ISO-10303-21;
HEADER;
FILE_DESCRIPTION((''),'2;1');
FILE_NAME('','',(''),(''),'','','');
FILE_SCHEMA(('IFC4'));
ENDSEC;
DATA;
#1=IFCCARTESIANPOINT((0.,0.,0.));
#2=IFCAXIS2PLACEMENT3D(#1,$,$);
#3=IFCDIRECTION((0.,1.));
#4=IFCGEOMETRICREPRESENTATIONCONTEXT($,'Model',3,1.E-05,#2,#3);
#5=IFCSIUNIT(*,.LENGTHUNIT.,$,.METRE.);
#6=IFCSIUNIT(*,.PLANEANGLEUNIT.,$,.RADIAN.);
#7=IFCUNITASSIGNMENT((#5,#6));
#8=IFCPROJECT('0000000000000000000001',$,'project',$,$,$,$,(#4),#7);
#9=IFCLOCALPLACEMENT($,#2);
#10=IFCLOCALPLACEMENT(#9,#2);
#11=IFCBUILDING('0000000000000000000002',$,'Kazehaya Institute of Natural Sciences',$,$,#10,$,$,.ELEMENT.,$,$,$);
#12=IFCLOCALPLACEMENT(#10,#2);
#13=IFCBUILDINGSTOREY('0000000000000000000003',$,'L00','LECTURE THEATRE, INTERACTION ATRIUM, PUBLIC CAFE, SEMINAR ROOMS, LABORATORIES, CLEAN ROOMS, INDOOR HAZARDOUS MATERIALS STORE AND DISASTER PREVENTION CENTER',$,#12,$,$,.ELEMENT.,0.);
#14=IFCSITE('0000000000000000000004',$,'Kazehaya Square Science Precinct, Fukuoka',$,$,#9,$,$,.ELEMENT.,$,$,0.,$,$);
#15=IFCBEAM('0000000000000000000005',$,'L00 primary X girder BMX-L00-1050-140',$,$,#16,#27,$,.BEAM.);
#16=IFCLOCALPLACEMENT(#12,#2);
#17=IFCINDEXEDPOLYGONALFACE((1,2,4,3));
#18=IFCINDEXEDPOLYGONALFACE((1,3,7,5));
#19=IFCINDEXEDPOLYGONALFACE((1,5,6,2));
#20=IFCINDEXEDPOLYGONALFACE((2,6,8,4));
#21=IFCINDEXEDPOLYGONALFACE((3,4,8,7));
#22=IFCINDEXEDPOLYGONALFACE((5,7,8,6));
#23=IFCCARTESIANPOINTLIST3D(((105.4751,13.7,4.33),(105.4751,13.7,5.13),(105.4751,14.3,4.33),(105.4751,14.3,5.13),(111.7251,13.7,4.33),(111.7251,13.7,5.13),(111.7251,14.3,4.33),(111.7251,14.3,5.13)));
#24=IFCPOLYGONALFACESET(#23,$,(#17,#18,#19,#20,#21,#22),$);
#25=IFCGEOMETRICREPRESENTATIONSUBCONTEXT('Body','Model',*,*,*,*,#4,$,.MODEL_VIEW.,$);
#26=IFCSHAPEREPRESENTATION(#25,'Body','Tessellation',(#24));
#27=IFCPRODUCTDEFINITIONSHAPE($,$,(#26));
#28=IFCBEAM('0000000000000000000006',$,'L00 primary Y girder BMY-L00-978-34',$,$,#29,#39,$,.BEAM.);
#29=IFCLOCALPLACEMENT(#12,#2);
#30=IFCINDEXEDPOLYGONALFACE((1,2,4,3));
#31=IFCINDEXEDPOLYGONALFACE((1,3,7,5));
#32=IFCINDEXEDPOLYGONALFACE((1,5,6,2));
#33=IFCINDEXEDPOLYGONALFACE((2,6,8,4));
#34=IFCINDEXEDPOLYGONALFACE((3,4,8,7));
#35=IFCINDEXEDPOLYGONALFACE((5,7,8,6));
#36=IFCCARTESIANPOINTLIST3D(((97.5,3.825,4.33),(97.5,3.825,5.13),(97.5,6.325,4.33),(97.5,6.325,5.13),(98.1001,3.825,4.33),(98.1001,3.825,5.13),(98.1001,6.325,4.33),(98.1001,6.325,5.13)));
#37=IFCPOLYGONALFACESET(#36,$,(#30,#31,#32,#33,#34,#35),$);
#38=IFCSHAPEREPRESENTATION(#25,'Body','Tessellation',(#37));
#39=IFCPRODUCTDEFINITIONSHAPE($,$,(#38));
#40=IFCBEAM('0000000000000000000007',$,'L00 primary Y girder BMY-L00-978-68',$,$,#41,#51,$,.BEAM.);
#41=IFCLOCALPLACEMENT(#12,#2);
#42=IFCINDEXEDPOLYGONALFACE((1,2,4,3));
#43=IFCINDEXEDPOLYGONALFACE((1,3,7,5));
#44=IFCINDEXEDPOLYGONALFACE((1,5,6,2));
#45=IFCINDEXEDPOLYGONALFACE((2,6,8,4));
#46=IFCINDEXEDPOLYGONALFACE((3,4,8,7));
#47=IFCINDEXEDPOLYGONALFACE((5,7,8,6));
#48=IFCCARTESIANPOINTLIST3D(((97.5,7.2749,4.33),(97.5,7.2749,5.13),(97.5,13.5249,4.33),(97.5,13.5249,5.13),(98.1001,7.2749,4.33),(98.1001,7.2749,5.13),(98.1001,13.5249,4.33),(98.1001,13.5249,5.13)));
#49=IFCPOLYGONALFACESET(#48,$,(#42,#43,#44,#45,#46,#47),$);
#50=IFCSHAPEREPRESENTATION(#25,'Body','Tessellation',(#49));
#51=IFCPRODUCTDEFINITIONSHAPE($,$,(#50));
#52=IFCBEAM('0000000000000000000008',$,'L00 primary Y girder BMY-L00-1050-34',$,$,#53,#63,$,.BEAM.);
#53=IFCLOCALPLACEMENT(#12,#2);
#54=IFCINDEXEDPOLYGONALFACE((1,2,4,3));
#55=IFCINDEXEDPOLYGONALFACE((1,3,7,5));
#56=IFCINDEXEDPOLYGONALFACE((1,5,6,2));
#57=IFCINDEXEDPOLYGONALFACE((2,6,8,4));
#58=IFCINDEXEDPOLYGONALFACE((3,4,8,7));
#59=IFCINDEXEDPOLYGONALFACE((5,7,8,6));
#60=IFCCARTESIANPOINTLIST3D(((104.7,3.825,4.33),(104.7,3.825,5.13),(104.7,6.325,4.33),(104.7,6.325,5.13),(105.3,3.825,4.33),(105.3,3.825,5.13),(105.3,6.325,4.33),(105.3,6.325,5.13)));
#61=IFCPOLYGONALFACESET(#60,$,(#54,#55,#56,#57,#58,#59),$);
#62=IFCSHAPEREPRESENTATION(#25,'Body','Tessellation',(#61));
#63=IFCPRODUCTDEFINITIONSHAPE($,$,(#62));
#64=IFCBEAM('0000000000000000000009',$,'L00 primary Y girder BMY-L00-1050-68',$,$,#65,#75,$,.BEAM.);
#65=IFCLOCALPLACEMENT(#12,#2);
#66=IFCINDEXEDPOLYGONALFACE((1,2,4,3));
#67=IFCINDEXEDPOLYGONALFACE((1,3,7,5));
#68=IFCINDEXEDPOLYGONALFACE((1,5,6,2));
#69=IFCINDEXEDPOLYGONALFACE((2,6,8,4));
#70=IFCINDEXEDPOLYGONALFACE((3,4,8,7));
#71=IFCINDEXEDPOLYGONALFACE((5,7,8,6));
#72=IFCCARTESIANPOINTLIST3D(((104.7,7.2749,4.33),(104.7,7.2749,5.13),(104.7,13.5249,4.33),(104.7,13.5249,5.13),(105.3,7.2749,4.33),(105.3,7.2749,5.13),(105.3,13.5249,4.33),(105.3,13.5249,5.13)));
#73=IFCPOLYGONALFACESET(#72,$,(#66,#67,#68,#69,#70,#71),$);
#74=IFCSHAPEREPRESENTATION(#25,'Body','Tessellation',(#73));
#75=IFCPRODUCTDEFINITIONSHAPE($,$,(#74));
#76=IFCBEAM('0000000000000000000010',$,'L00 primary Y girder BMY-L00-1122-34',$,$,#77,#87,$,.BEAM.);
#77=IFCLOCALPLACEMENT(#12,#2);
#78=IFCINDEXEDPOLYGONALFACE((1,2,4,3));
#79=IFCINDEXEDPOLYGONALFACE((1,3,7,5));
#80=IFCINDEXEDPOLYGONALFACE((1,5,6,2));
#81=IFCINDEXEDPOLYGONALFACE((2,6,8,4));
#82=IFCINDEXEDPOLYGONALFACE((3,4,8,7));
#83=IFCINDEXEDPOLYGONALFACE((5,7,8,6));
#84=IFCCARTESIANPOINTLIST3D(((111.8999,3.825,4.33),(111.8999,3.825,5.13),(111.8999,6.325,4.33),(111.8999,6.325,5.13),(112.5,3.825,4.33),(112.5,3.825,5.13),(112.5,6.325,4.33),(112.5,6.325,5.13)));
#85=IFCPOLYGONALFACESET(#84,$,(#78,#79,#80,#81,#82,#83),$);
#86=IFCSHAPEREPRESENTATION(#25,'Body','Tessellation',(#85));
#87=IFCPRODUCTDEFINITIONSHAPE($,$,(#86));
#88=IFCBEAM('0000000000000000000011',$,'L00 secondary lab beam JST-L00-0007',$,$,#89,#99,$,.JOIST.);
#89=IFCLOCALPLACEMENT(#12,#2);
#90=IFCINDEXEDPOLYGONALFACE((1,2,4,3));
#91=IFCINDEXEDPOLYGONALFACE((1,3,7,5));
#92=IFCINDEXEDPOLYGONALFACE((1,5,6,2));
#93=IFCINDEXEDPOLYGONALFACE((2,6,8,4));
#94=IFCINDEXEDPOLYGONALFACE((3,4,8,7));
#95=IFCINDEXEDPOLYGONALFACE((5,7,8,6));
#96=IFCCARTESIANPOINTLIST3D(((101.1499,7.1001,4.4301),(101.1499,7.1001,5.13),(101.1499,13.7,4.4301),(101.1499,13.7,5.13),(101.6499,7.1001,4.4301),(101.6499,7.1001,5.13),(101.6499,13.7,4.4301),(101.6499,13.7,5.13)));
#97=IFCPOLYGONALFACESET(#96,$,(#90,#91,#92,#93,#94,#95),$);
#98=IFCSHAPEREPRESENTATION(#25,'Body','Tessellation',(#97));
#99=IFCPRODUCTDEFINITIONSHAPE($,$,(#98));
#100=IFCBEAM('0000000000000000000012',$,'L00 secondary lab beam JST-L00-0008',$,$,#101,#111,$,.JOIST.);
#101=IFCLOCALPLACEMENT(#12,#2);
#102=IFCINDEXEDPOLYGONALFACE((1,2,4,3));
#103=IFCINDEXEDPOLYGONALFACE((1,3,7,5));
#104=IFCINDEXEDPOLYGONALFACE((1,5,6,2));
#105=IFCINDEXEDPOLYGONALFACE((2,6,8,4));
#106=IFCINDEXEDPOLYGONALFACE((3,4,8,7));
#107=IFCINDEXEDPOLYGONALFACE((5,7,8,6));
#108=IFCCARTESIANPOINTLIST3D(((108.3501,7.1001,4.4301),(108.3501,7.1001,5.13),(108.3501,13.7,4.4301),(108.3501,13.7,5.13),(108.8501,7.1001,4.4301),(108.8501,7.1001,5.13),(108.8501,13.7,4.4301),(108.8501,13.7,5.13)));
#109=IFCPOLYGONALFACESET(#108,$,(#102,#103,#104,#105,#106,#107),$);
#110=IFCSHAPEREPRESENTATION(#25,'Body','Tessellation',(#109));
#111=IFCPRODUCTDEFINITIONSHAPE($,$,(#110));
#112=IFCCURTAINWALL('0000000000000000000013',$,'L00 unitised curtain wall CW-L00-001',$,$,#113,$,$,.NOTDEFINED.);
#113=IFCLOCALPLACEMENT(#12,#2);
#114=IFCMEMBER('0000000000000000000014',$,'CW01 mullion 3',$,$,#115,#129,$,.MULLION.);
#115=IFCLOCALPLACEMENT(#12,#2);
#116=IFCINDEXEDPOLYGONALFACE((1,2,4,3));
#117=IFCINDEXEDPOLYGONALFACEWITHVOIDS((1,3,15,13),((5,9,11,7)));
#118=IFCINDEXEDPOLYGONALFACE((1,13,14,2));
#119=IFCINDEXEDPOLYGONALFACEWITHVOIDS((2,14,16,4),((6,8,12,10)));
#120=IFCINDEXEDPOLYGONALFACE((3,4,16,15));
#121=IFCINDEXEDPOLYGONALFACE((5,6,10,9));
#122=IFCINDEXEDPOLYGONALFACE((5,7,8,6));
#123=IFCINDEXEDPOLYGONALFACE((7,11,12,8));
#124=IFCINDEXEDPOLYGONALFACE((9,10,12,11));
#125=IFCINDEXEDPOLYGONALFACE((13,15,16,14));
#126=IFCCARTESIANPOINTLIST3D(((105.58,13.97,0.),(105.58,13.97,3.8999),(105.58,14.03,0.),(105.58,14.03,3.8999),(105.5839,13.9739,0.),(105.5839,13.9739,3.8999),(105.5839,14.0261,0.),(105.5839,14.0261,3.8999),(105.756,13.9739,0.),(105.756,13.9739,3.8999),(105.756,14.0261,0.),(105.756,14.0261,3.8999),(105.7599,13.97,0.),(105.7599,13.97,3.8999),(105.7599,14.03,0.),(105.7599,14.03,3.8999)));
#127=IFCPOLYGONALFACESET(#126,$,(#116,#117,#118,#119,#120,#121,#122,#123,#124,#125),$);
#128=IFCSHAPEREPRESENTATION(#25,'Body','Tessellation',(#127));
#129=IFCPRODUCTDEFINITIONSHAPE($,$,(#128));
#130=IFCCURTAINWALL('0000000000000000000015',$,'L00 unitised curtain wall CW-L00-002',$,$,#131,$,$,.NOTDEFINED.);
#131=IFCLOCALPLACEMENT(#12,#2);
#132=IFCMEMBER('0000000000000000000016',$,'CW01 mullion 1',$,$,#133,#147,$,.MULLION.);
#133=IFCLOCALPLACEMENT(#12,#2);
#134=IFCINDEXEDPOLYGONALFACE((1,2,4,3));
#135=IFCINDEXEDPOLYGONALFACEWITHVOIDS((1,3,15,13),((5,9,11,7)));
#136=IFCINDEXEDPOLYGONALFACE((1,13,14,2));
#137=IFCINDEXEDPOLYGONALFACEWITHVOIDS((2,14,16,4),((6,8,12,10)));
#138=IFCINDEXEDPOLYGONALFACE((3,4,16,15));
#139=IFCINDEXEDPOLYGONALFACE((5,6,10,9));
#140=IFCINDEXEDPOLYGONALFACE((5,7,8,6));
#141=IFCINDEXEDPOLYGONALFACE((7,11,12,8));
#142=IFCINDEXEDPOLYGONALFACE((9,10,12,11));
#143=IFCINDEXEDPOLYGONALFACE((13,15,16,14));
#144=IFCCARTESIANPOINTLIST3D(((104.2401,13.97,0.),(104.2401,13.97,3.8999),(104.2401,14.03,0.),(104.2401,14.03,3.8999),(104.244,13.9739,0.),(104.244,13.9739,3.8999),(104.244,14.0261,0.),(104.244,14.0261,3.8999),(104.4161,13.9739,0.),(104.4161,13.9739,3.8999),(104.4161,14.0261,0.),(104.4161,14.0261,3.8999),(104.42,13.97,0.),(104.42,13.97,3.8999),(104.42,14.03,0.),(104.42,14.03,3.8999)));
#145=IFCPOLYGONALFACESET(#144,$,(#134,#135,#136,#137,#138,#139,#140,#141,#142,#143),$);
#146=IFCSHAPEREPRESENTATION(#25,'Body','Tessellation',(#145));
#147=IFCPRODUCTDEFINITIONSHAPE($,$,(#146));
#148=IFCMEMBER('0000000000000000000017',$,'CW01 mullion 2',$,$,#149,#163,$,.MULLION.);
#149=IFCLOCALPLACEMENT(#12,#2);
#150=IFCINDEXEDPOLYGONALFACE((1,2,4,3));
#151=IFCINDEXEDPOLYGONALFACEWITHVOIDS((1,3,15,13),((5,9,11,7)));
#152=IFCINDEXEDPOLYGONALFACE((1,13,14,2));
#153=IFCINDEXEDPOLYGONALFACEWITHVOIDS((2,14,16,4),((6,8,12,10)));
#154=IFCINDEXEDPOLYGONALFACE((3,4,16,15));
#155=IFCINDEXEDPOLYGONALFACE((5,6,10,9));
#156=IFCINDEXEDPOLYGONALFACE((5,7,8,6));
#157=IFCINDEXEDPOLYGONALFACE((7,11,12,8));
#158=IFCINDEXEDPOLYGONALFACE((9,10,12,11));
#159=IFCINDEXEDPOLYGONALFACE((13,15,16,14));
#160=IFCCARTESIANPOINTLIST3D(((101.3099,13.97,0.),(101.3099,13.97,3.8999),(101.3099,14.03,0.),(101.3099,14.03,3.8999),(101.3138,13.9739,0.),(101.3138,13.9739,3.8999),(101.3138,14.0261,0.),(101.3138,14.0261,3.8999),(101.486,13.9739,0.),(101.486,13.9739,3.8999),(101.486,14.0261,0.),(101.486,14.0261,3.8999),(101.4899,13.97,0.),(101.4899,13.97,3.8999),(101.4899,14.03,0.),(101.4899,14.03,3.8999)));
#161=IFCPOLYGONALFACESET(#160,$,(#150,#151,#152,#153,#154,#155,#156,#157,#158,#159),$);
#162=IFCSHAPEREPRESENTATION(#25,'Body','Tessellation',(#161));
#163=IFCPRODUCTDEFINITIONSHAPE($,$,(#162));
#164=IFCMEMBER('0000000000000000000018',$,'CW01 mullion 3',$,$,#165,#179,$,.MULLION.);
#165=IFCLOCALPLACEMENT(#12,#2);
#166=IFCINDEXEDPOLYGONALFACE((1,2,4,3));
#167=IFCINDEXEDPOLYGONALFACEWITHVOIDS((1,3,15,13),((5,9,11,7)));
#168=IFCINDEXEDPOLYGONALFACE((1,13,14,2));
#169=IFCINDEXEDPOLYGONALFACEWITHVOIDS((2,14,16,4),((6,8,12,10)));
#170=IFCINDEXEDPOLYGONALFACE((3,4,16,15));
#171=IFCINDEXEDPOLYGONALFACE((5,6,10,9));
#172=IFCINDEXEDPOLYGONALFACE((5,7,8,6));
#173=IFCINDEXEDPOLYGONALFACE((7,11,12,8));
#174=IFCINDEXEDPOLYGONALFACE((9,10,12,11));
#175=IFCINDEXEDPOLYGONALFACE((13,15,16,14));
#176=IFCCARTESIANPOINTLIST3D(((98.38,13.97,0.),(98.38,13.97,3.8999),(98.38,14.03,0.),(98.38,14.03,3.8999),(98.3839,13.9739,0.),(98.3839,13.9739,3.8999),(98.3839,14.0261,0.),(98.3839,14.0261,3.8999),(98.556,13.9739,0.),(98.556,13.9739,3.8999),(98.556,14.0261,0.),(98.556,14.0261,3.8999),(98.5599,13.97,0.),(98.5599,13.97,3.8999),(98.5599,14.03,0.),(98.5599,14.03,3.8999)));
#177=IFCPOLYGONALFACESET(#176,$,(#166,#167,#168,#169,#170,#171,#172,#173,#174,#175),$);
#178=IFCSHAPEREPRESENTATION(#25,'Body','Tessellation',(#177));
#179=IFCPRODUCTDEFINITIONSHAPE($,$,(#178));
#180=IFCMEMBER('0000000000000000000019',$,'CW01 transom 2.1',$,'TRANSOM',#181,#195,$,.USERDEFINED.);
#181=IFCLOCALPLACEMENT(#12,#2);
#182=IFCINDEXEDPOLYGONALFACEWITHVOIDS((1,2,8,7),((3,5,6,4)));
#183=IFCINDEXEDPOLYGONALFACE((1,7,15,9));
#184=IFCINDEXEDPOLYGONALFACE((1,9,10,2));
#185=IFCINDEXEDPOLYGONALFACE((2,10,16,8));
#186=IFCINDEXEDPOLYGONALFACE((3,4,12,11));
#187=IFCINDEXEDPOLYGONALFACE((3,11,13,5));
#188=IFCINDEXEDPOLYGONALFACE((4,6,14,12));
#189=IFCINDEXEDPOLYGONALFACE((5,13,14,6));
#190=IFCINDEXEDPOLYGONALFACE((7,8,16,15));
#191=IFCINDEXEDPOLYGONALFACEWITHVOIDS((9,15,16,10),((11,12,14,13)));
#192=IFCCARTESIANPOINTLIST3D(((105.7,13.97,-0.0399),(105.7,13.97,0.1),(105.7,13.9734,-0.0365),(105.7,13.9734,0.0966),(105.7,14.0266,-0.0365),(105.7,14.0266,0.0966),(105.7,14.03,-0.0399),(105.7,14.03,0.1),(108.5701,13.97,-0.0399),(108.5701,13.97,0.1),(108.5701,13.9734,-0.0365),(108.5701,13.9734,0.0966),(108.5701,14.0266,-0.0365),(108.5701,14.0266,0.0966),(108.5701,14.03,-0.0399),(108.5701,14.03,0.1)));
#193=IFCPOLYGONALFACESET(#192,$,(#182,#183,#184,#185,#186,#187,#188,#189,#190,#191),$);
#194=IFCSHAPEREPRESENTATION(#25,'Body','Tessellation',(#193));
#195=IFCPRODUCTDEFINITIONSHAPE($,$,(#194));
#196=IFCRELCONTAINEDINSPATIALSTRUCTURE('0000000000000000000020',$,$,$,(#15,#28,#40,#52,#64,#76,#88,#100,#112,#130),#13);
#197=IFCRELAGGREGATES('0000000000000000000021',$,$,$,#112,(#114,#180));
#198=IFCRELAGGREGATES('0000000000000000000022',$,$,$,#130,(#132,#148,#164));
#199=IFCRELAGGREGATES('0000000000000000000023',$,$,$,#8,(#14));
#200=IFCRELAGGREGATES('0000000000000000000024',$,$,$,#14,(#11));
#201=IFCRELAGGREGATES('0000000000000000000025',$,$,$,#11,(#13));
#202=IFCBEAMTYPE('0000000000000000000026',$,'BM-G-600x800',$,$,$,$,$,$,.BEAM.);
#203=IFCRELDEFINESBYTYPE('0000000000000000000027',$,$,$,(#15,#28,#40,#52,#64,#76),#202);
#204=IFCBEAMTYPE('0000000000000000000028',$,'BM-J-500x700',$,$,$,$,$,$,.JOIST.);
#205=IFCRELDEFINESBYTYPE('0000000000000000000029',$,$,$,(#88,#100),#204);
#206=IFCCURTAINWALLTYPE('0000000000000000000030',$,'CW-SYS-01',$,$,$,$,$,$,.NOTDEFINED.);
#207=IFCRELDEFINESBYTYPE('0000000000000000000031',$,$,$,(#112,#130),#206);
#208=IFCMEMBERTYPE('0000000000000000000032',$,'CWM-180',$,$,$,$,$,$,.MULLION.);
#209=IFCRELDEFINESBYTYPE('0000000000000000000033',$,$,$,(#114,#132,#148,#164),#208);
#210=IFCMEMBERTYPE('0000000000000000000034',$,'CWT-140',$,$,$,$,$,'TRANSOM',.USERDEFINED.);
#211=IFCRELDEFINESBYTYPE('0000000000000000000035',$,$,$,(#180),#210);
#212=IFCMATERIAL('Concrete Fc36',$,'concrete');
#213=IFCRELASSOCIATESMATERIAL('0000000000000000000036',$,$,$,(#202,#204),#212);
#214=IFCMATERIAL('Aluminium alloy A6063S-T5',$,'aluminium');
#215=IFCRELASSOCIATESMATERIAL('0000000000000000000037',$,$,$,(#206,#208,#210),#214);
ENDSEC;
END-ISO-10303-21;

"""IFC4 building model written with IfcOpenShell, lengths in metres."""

from ifc_helpers import new_model, si_unit, direction, frame, origin, origin_2d, place, context, subcontext, project, spatial, rectangle, hollow_rectangle, extrude, material, material_profile, profile_set, type_object, element, aggregate, save


model = new_model("IFC4")

# Units and contexts
model_context = context("Model", 3, precision=1e-05, world=origin(), true_north=direction((0.0, 1.0)))
body_context = subcontext(model_context, "Body", "Model", "MODEL_VIEW")
ifc_project = project(units=[si_unit("LENGTHUNIT", "METRE"), si_unit("PLANEANGLEUNIT", "RADIAN")], contexts=[model_context])

# Site, building, storey
site_placement = place(None, origin())
site = spatial("IfcSite", under=ifc_project, at=site_placement, Name="Kazehaya Square Science Precinct, Fukuoka", CompositionType="ELEMENT", RefElevation=0.0)
building_placement = place(site_placement, origin())
building = spatial("IfcBuilding", under=site, at=building_placement, Name="Kazehaya Institute of Natural Sciences", CompositionType="ELEMENT")
storey_placement = place(building_placement, origin())
storey = spatial("IfcBuildingStorey", under=building, at=storey_placement, Name="L00", Description="LECTURE THEATRE, INTERACTION ATRIUM, PUBLIC CAFE, SEMINAR ROOMS, LABORATORIES, CLEAN ROOMS, INDOOR HAZARDOUS MATERIALS STORE AND DISASTER PREVENTION CENTER", CompositionType="ELEMENT", Elevation=0.0)

# Shared definitions
ifc_material_1 = material(Name="Concrete Fc36", Category="concrete")

# Beams
ifc_material_profile_1 = material_profile(ifc_material_1, rectangle(XDim=0.6001, YDim=0.8, at=origin_2d()), Name="RC-600x800")
ifc_profile_set_1 = profile_set([ifc_material_profile_1], Name="Concrete Fc36")
beam_type_1 = type_object("IfcBeamType", Name="BM-G-600x800", PredefinedType="BEAM", material=ifc_profile_set_1)
for number, where, z_axis, x_axis, name in (
    (1, (105.4751, 14.0, 4.73), (1.0, 0.0, 0.0), (0.0, 1.0, 0.0), "L00 primary X girder BMX-L00-1050-140"),
):
    element("IfcBeam", number, at=place(storey_placement, frame(where, z_axis=z_axis, x_axis=x_axis)), inside=storey, type_object=beam_type_1, Name=name, PredefinedType="BEAM", context=body_context, shape_type="SweptSolid", body=[
        extrude(rectangle(XDim=0.6001, YDim=0.8, at=origin_2d()), origin(), (0.0, 0.0, 1.0), 6.25),
    ])
beam_1_placement = place(storey_placement, frame((97.8, 3.825, 4.73), z_axis=(0.0, 1.0, 0.0), x_axis=(-1.0, 0.0, 0.0)))
element("IfcBeam", 2, at=beam_1_placement, inside=storey, type_object=beam_type_1, Name="L00 primary Y girder BMY-L00-978-34", PredefinedType="BEAM", context=body_context, shape_type="SweptSolid", body=[
    extrude(rectangle(XDim=0.6001, YDim=0.8, at=origin_2d()), origin(), (0.0, 0.0, 1.0), 2.5),
])
beam_2_placement = place(storey_placement, frame((97.8, 7.2749, 4.73), z_axis=(0.0, 1.0, 0.0), x_axis=(-1.0, 0.0, 0.0)))
element("IfcBeam", 3, at=beam_2_placement, inside=storey, type_object=beam_type_1, Name="L00 primary Y girder BMY-L00-978-68", PredefinedType="BEAM", context=body_context, shape_type="SweptSolid", body=[
    extrude(rectangle(XDim=0.6001, YDim=0.8, at=origin_2d()), origin(), (0.0, 0.0, 1.0), 6.25),
])
beam_3_placement = place(storey_placement, frame((105.0, 3.825, 4.73), z_axis=(0.0, 1.0, 0.0), x_axis=(-1.0, 0.0, 0.0)))
element("IfcBeam", 4, at=beam_3_placement, inside=storey, type_object=beam_type_1, Name="L00 primary Y girder BMY-L00-1050-34", PredefinedType="BEAM", context=body_context, shape_type="SweptSolid", body=[
    extrude(rectangle(XDim=0.6001, YDim=0.8, at=origin_2d()), origin(), (0.0, 0.0, 1.0), 2.5),
])
beam_4_placement = place(storey_placement, frame((105.0, 7.2749, 4.73), z_axis=(0.0, 1.0, 0.0), x_axis=(-1.0, 0.0, 0.0)))
element("IfcBeam", 5, at=beam_4_placement, inside=storey, type_object=beam_type_1, Name="L00 primary Y girder BMY-L00-1050-68", PredefinedType="BEAM", context=body_context, shape_type="SweptSolid", body=[
    extrude(rectangle(XDim=0.6001, YDim=0.8, at=origin_2d()), origin(), (0.0, 0.0, 1.0), 6.25),
])
beam_5_placement = place(storey_placement, frame((112.2, 3.825, 4.73), z_axis=(0.0, 1.0, 0.0), x_axis=(-1.0, 0.0, 0.0)))
element("IfcBeam", 6, at=beam_5_placement, inside=storey, type_object=beam_type_1, Name="L00 primary Y girder BMY-L00-1122-34", PredefinedType="BEAM", context=body_context, shape_type="SweptSolid", body=[
    extrude(rectangle(XDim=0.6001, YDim=0.8, at=origin_2d()), origin(), (0.0, 0.0, 1.0), 2.5),
])
ifc_material_profile_2 = material_profile(ifc_material_1, rectangle(XDim=0.5, YDim=0.7, at=origin_2d()), Name="RC-500x700")
ifc_profile_set_2 = profile_set([ifc_material_profile_2], Name="Concrete Fc36")
beam_type_2 = type_object("IfcBeamType", Name="BM-J-500x700", PredefinedType="JOIST", material=ifc_profile_set_2)
for number, where, z_axis, x_axis, name in (
    (7, (101.3999, 7.1001, 4.78), (0.0, 1.0, 0.0), (-1.0, 0.0, 0.0), "L00 secondary lab beam JST-L00-0007"),
    (8, (108.6001, 7.1001, 4.78), (0.0, 1.0, 0.0), (-1.0, 0.0, 0.0), "L00 secondary lab beam JST-L00-0008"),
):
    element("IfcBeam", number, at=place(storey_placement, frame(where, z_axis=z_axis, x_axis=x_axis)), inside=storey, type_object=beam_type_2, Name=name, PredefinedType="JOIST", context=body_context, shape_type="SweptSolid", body=[
        extrude(rectangle(XDim=0.5, YDim=0.7, at=origin_2d()), origin(), (0.0, 0.0, 1.0), 6.5999),
    ])

# Curtain wall, member
ifc_material_2 = material(Name="Aluminium alloy A6063S-T5", Category="aluminium")
curtain_wall_type = type_object("IfcCurtainWallType", Name="CW-SYS-01", PredefinedType="NOTDEFINED", material=ifc_material_2)
curtain_wall_1_placement = place(storey_placement, origin())
curtain_wall_1 = element("IfcCurtainWall", 9, at=curtain_wall_1_placement, inside=storey, type_object=curtain_wall_type, Name="L00 unitised curtain wall CW-L00-001", PredefinedType="NOTDEFINED")
ifc_material_profile_3 = material_profile(ifc_material_2, hollow_rectangle(XDim=0.0601, YDim=0.1799, WallThickness=0.0039, at=origin_2d()), Name="ALU-60x180x4")
ifc_profile_set_3 = profile_set([ifc_material_profile_3], Name="Aluminium alloy A6063S-T5")
member_type_1 = type_object("IfcMemberType", Name="CWM-180", PredefinedType="MULLION", material=ifc_profile_set_3)
member_1_placement = place(storey_placement, frame((105.6699, 14.0, 0.0), z_axis=(0.0, 0.0, 1.0), x_axis=(0.0, -1.0, 0.0)))
member_1 = element("IfcMember", 10, at=member_1_placement, type_object=member_type_1, Name="CW01 mullion 3", PredefinedType="MULLION", context=body_context, shape_type="SweptSolid", body=[
    extrude(hollow_rectangle(XDim=0.0601, YDim=0.1799, WallThickness=0.0039, at=origin_2d()), origin(), (0.0, 0.0, 1.0), 3.8999),
])

# Curtain wall, members
curtain_wall_2_placement = place(storey_placement, origin())
curtain_wall_2 = element("IfcCurtainWall", 11, at=curtain_wall_2_placement, inside=storey, type_object=curtain_wall_type, Name="L00 unitised curtain wall CW-L00-002", PredefinedType="NOTDEFINED")
member_2_placement = place(storey_placement, frame((104.3301, 14.0, 0.0), z_axis=(0.0, 0.0, 1.0), x_axis=(0.0, -1.0, 0.0)))
member_2 = element("IfcMember", 12, at=member_2_placement, type_object=member_type_1, Name="CW01 mullion 1", PredefinedType="MULLION", context=body_context, shape_type="SweptSolid", body=[
    extrude(hollow_rectangle(XDim=0.0601, YDim=0.1799, WallThickness=0.0039, at=origin_2d()), origin(), (0.0, 0.0, 1.0), 3.8999),
])
member_3_placement = place(storey_placement, frame((101.3999, 14.0, 0.0), z_axis=(0.0, 0.0, 1.0), x_axis=(0.0, -1.0, 0.0)))
member_3 = element("IfcMember", 13, at=member_3_placement, type_object=member_type_1, Name="CW01 mullion 2", PredefinedType="MULLION", context=body_context, shape_type="SweptSolid", body=[
    extrude(hollow_rectangle(XDim=0.0601, YDim=0.1799, WallThickness=0.0039, at=origin_2d()), origin(), (0.0, 0.0, 1.0), 3.8999),
])
member_4_placement = place(storey_placement, frame((98.47, 14.0, 0.0), z_axis=(0.0, 0.0, 1.0), x_axis=(0.0, -1.0, 0.0)))
member_4 = element("IfcMember", 14, at=member_4_placement, type_object=member_type_1, Name="CW01 mullion 3", PredefinedType="MULLION", context=body_context, shape_type="SweptSolid", body=[
    extrude(hollow_rectangle(XDim=0.0601, YDim=0.1799, WallThickness=0.0039, at=origin_2d()), origin(), (0.0, 0.0, 1.0), 3.8999),
])

# Member
ifc_material_profile_4 = material_profile(ifc_material_2, hollow_rectangle(XDim=0.0601, YDim=0.1399, WallThickness=0.0034, at=origin_2d()), Name="ALU-60x140x3.5")
ifc_profile_set_4 = profile_set([ifc_material_profile_4], Name="Aluminium alloy A6063S-T5")
member_type_2 = type_object("IfcMemberType", Name="CWT-140", ElementType="TRANSOM", PredefinedType="USERDEFINED", material=ifc_profile_set_4)
member_5_placement = place(storey_placement, frame((108.5701, 14.0, 0.03), z_axis=(-1.0, 0.0, 0.0), x_axis=(0.0, -1.0, 0.0)))
member_5 = element("IfcMember", 15, at=member_5_placement, type_object=member_type_2, Name="CW01 transom 2.1", ObjectType="TRANSOM", PredefinedType="USERDEFINED", context=body_context, shape_type="SweptSolid", body=[
    extrude(hollow_rectangle(XDim=0.0601, YDim=0.1399, WallThickness=0.0034, at=origin_2d()), origin(), (0.0, 0.0, 1.0), 2.8701),
])

aggregate(curtain_wall_1, [member_1, member_5])
aggregate(curtain_wall_2, [member_2, member_3, member_4])

save(model, "model.ifc")
